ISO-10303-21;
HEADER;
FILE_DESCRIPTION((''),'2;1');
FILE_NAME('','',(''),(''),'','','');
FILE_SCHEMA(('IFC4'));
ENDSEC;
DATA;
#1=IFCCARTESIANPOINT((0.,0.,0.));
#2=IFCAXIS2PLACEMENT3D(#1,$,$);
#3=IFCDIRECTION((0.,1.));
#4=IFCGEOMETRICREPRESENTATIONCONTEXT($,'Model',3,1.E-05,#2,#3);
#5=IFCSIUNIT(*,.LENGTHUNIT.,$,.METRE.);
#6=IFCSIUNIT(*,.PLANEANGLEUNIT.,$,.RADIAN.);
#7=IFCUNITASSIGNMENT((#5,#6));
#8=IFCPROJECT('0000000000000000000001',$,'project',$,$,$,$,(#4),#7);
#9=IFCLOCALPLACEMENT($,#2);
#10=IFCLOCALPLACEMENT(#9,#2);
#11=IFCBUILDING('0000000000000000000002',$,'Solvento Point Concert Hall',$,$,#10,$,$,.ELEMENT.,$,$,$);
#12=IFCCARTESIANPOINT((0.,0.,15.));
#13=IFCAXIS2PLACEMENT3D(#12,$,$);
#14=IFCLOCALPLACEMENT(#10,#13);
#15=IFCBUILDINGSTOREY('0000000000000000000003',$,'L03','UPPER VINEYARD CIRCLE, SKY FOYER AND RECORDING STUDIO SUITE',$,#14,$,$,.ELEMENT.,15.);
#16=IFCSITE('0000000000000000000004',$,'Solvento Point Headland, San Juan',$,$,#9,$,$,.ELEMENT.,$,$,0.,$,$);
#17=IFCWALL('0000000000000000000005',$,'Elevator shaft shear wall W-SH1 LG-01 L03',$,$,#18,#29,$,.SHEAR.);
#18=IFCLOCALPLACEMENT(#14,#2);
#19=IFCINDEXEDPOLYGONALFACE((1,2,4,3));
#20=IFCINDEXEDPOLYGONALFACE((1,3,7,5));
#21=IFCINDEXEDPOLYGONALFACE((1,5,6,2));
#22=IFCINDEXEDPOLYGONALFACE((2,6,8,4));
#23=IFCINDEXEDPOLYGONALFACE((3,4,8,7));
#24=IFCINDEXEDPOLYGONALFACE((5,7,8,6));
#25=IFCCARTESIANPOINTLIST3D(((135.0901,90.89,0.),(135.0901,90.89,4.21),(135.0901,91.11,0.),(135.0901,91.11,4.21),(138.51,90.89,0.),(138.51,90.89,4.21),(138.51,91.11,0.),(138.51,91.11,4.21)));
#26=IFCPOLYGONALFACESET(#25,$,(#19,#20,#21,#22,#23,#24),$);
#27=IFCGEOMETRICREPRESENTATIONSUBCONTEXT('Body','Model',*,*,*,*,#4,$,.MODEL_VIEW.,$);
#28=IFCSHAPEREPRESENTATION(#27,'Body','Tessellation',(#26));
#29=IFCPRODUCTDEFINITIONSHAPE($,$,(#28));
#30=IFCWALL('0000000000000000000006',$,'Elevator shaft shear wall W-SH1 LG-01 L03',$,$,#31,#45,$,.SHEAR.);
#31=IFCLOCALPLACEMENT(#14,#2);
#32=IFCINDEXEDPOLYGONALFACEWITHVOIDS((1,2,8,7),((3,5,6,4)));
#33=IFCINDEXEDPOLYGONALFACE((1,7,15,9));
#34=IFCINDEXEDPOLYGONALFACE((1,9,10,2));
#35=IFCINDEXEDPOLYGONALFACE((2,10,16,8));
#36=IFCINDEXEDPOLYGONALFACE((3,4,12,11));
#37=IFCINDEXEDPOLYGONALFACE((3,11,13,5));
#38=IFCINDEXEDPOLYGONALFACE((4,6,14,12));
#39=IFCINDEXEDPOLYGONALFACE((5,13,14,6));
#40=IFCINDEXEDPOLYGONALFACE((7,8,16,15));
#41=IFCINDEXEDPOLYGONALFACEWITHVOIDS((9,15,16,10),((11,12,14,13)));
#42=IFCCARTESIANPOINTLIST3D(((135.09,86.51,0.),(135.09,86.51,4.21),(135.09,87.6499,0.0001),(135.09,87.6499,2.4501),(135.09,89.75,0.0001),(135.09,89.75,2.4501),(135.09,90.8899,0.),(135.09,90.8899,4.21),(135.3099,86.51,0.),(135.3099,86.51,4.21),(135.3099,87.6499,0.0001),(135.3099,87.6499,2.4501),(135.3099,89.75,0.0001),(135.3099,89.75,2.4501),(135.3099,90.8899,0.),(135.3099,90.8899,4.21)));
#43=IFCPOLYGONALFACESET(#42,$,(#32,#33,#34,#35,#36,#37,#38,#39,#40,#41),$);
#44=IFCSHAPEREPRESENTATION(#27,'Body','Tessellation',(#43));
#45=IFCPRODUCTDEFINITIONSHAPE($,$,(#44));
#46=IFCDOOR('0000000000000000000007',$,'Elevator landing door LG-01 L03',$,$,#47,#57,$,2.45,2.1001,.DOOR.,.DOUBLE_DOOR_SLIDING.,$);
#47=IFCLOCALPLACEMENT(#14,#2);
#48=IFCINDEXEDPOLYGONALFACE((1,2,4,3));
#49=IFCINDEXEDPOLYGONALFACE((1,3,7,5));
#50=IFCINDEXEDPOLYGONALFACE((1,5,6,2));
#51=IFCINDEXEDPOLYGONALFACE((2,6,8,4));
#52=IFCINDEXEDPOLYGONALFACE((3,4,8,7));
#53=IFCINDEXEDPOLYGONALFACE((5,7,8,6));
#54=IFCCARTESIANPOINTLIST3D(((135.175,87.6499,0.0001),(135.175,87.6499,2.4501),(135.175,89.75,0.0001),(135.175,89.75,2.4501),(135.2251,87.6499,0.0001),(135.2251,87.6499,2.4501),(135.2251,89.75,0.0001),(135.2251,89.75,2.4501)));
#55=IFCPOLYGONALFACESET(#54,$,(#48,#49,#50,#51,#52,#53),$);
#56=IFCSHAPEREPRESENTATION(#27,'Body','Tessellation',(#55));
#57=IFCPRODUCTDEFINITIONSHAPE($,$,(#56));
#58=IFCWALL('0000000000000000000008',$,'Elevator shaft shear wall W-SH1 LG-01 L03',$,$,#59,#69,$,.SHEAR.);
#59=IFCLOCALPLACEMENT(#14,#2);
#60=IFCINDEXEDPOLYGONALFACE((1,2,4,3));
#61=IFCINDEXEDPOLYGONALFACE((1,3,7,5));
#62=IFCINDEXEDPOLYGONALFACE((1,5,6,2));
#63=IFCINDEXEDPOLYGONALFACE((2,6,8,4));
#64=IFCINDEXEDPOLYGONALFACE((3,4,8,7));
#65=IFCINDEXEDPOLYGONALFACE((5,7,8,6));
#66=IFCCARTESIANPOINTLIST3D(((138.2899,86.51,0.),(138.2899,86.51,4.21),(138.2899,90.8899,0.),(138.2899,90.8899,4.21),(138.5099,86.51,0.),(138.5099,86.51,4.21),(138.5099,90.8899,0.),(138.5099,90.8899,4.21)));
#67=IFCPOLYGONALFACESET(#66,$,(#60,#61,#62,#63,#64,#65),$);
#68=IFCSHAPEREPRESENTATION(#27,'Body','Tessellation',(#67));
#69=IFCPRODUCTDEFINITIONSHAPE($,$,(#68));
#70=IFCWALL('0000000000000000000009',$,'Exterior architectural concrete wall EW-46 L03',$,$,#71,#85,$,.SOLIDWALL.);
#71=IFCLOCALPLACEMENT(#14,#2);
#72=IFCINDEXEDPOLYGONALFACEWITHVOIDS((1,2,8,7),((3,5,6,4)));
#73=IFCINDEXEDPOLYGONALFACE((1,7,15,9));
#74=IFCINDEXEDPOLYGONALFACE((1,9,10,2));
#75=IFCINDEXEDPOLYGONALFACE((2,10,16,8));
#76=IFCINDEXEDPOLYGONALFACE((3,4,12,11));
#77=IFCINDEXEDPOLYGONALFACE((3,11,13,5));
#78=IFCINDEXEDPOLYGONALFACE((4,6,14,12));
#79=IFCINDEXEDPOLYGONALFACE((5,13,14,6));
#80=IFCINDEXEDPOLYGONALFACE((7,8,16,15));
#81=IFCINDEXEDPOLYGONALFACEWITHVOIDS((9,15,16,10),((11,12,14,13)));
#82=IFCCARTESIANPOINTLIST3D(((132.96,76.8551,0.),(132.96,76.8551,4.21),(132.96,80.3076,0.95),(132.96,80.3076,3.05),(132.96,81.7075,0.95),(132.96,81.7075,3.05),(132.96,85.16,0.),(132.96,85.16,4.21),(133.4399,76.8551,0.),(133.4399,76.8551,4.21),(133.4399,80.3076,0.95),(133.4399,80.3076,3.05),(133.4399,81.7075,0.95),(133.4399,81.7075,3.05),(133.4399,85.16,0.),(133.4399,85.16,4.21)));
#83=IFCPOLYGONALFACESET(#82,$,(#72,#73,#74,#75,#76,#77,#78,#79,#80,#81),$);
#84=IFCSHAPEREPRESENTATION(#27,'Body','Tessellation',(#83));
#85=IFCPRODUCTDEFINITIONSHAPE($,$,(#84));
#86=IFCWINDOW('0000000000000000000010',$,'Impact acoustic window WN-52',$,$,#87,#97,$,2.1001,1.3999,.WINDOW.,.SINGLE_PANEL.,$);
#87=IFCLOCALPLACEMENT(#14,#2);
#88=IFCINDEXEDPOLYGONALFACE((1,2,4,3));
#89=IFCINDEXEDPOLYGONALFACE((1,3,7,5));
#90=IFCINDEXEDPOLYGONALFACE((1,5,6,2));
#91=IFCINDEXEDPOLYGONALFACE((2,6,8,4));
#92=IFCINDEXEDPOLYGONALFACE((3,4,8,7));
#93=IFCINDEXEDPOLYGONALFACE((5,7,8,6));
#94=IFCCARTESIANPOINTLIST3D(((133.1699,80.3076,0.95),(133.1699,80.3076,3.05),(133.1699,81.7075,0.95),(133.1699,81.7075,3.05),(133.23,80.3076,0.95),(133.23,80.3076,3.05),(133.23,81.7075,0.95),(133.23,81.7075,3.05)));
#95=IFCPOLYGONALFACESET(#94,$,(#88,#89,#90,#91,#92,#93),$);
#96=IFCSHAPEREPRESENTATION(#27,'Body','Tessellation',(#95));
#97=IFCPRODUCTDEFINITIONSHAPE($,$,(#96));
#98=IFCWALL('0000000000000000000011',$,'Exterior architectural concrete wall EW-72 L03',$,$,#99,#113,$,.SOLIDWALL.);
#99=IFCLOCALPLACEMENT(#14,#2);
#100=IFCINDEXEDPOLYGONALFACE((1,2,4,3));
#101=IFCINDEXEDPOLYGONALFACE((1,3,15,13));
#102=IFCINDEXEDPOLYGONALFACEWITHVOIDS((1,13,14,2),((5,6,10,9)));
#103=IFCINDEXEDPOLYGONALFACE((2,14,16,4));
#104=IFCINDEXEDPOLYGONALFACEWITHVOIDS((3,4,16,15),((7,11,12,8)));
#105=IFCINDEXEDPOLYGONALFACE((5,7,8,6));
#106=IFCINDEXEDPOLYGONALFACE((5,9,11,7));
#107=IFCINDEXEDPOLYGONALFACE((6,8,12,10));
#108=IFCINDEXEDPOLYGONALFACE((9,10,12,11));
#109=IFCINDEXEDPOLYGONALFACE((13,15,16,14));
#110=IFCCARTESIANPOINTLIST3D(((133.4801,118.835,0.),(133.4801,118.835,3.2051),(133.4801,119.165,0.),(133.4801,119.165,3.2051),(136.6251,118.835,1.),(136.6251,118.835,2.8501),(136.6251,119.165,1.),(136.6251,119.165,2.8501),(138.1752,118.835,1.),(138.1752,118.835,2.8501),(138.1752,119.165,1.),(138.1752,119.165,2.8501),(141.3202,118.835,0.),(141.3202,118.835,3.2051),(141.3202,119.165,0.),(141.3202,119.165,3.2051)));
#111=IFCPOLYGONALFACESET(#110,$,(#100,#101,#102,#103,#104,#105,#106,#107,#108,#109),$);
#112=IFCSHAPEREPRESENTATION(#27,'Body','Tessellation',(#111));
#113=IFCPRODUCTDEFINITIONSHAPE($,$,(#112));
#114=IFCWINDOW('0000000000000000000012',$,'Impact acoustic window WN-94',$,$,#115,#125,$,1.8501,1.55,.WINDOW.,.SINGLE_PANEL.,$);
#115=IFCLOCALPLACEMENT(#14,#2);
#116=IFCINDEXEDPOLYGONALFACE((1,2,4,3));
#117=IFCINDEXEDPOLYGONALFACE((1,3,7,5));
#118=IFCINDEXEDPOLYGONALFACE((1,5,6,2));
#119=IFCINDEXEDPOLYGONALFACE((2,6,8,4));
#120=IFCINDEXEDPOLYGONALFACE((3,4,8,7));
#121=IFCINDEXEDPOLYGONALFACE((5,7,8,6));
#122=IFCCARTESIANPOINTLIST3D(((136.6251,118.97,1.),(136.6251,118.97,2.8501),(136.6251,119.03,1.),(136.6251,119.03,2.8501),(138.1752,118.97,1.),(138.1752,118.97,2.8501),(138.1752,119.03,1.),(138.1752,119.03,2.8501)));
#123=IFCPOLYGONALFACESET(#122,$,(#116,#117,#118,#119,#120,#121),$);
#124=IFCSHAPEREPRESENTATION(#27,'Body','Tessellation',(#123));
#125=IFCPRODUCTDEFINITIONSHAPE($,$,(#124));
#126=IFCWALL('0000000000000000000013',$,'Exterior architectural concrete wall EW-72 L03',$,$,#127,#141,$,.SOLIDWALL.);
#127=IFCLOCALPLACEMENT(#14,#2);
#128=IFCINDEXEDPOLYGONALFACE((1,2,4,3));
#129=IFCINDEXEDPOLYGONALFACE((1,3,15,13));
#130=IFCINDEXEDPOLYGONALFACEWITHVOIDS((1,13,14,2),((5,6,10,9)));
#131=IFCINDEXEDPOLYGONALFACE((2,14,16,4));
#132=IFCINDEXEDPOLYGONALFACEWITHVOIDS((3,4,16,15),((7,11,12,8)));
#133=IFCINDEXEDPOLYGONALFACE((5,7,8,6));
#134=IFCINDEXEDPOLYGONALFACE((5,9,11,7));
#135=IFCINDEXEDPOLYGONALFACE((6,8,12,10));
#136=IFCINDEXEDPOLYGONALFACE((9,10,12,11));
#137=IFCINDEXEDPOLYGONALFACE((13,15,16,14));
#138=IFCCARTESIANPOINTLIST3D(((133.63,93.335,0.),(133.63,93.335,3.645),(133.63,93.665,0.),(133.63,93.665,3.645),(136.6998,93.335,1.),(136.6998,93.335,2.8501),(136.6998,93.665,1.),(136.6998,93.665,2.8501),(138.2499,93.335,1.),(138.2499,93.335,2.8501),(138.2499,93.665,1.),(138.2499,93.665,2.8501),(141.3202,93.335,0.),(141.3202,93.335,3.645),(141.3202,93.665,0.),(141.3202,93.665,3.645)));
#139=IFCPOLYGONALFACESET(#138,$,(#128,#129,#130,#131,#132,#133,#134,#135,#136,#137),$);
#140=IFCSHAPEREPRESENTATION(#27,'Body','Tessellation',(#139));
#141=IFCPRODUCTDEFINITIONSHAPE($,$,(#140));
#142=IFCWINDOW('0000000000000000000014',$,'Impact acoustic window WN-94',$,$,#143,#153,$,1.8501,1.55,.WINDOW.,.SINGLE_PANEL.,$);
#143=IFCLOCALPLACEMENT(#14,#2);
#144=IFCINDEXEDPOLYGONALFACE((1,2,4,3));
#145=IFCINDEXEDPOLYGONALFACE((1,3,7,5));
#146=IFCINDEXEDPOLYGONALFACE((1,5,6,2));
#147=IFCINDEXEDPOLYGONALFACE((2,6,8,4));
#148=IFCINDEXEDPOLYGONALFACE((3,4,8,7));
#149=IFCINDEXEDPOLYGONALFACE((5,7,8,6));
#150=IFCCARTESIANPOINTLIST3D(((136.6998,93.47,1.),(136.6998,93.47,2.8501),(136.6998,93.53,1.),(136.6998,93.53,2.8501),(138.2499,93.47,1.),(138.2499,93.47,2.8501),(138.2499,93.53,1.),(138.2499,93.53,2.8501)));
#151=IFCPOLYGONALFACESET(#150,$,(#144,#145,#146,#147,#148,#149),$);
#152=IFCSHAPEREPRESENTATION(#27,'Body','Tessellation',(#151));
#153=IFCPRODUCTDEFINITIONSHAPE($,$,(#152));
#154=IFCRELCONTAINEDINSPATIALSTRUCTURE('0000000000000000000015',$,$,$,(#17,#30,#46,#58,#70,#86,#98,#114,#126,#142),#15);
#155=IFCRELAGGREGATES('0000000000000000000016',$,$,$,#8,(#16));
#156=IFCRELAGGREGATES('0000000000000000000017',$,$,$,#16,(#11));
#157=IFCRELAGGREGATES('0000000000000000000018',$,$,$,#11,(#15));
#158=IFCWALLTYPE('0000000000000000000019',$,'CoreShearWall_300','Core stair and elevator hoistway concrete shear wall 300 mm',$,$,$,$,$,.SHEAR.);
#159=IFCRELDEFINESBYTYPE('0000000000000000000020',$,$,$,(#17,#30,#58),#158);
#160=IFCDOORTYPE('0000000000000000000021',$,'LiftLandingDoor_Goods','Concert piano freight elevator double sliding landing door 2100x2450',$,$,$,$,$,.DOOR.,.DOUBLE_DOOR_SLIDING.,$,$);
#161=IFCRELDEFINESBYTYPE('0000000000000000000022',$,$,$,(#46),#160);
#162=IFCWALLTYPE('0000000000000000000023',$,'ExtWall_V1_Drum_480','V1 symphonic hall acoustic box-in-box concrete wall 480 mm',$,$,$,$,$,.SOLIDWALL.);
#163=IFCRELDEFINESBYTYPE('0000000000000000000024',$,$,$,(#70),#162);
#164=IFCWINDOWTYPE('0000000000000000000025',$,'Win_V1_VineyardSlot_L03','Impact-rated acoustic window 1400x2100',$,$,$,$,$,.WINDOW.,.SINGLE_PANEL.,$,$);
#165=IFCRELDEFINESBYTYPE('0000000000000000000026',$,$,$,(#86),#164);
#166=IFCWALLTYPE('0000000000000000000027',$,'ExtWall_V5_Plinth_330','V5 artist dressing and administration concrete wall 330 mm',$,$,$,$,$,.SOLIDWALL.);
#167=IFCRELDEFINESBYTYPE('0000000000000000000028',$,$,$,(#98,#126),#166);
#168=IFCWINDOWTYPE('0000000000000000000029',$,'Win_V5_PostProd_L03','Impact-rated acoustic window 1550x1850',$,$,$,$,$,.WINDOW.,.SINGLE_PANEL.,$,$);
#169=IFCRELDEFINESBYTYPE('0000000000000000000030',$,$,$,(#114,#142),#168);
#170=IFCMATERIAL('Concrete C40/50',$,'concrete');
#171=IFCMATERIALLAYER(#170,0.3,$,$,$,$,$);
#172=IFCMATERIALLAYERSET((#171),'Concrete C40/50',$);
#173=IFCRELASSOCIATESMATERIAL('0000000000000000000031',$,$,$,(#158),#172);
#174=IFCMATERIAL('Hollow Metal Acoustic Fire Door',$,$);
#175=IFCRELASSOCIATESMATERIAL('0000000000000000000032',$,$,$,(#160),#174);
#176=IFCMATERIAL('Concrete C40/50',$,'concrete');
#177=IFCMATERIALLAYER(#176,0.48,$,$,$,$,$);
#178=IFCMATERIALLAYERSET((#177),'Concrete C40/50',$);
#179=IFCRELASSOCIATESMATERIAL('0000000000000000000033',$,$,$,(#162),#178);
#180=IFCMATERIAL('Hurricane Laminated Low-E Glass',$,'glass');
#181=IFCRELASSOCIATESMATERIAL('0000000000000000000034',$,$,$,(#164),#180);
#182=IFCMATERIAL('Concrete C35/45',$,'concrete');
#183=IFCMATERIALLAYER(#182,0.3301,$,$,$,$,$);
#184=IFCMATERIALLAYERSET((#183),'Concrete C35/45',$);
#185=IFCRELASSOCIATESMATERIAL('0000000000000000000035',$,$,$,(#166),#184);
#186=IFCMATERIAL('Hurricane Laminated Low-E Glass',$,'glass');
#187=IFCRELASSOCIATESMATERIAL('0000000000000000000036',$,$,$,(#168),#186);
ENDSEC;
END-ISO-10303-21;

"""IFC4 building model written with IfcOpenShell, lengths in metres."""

from ifc_helpers import new_model, si_unit, direction, frame, frame_2d, origin, place, context, subcontext, project, spatial, rectangle, extrude, material, layer, layer_set, type_object, element, fill, save


model = new_model("IFC4")

# Units and contexts
model_context = context("Model", 3, precision=1e-05, world=origin(), true_north=direction((0.0, 1.0)))
body_context = subcontext(model_context, "Body", "Model", "MODEL_VIEW")
ifc_project = project(units=[si_unit("LENGTHUNIT", "METRE"), si_unit("PLANEANGLEUNIT", "RADIAN")], contexts=[model_context])

# Site, building, storey
site_placement = place(None, origin())
site = spatial("IfcSite", under=ifc_project, at=site_placement, Name="Solvento Point Headland, San Juan", CompositionType="ELEMENT", RefElevation=0.0)
building_placement = place(site_placement, origin())
building = spatial("IfcBuilding", under=site, at=building_placement, Name="Solvento Point Concert Hall", CompositionType="ELEMENT")
storey_placement = place(building_placement, frame((0.0, 0.0, 15.0)))
storey = spatial("IfcBuildingStorey", under=building, at=storey_placement, Name="L03", Description="UPPER VINEYARD CIRCLE, SKY FOYER AND RECORDING STUDIO SUITE", CompositionType="ELEMENT", Elevation=15.0)

# Wall
ifc_material_1 = material(Name="Concrete C40/50", Category="concrete")
ifc_layer_1 = layer(ifc_material_1, 0.3)
ifc_layer_set_1 = layer_set([ifc_layer_1], Name="Concrete C40/50")
wall_type_1 = type_object("IfcWallType", Name="CoreShearWall_300", Description="Core stair and elevator hoistway concrete shear wall 300 mm", PredefinedType="SHEAR", material=ifc_layer_set_1)
for number, where, z_axis, x_axis, name in (
    (1, (135.0901, 91.0, 0.0), (0.0, 0.0, 1.0), (1.0, 0.0, 0.0), "Elevator shaft shear wall W-SH1 LG-01 L03"),
):
    element("IfcWall", number, at=place(storey_placement, frame(where, z_axis=z_axis, x_axis=x_axis)), inside=storey, type_object=wall_type_1, Name=name, PredefinedType="SHEAR", context=body_context, shape_type="SweptSolid", body=[
        extrude(rectangle(XDim=3.4199, YDim=0.22, at=frame_2d((1.71, 0.0))), origin(), (0.0, 0.0, 1.0), 4.21),
    ])

# Wall, opening, door
wall_1_placement = place(storey_placement, frame((135.2, 86.51, 0.0), z_axis=(0.0, 0.0, 1.0), x_axis=(0.0, 1.0, 0.0)))
wall_1 = element("IfcWall", 2, at=wall_1_placement, inside=storey, type_object=wall_type_1, Name="Elevator shaft shear wall W-SH1 LG-01 L03", PredefinedType="SHEAR", context=body_context, shape_type="SweptSolid", body=[
    extrude(rectangle(XDim=4.3799, YDim=0.22, at=frame_2d((2.1899, 0.0))), origin(), (0.0, 0.0, 1.0), 4.21),
])
opening_1_placement = place(wall_1_placement, frame((1.1399, 0.0, 0.0)))
opening_1 = element("IfcOpeningElement", 3, at=opening_1_placement, cuts=wall_1, PredefinedType="OPENING", context=body_context, shape_type="SweptSolid", body=[
    extrude(rectangle(XDim=2.1001, YDim=2.45, at=frame_2d((1.05, 1.2251))), frame((0.0, 0.1199, 0.0), z_axis=(0.0, -1.0, 0.0), x_axis=(1.0, 0.0, 0.0)), (0.0, 0.0, 1.0), 0.24),
])
ifc_material_2 = material(Name="Hollow Metal Acoustic Fire Door")
door_type_1 = type_object("IfcDoorType", Name="LiftLandingDoor_Goods", Description="Concert piano freight elevator double sliding landing door 2100x2450", OperationType="DOUBLE_DOOR_SLIDING", PredefinedType="DOOR", material=ifc_material_2)
door_1_placement = place(opening_1_placement, origin())
door_1 = element("IfcDoor", 4, at=door_1_placement, inside=storey, type_object=door_type_1, Name="Elevator landing door LG-01 L03", OperationType="DOUBLE_DOOR_SLIDING", OverallHeight=2.45, OverallWidth=2.1001, PredefinedType="DOOR", context=body_context, shape_type="SweptSolid", body=[
    extrude(rectangle(XDim=2.1001, YDim=2.45, at=frame_2d((1.05, 1.2251))), frame((0.0, 0.0249, 0.0), z_axis=(0.0, -1.0, 0.0), x_axis=(1.0, 0.0, 0.0)), (0.0, 0.0, 1.0), 0.05),
])
fill(opening_1, door_1)

# Wall
wall_2_placement = place(storey_placement, frame((138.3999, 86.51, 0.0), z_axis=(0.0, 0.0, 1.0), x_axis=(0.0, 1.0, 0.0)))
element("IfcWall", 5, at=wall_2_placement, inside=storey, type_object=wall_type_1, Name="Elevator shaft shear wall W-SH1 LG-01 L03", PredefinedType="SHEAR", context=body_context, shape_type="SweptSolid", body=[
    extrude(rectangle(XDim=4.3799, YDim=0.22, at=frame_2d((2.1899, 0.0))), origin(), (0.0, 0.0, 1.0), 4.21),
])

# Walls, openings, windows
ifc_material_3 = material(Name="Concrete C40/50", Category="concrete")
ifc_layer_2 = layer(ifc_material_3, 0.48)
ifc_layer_set_2 = layer_set([ifc_layer_2], Name="Concrete C40/50")
wall_type_2 = type_object("IfcWallType", Name="ExtWall_V1_Drum_480", Description="V1 symphonic hall acoustic box-in-box concrete wall 480 mm", PredefinedType="SOLIDWALL", material=ifc_layer_set_2)
wall_3_placement = place(storey_placement, frame((133.2, 85.1599, 0.0), z_axis=(0.0, 0.0, 1.0), x_axis=(0.0, -1.0, 0.0)))
wall_3 = element("IfcWall", 6, at=wall_3_placement, inside=storey, type_object=wall_type_2, Name="Exterior architectural concrete wall EW-46 L03", PredefinedType="SOLIDWALL", context=body_context, shape_type="SweptSolid", body=[
    extrude(rectangle(XDim=8.3049, YDim=0.48, at=frame_2d((4.1523, 0.0))), origin(), (0.0, 0.0, 1.0), 4.21),
])
opening_2_placement = place(wall_3_placement, frame((3.4524, 0.0, 0.95)))
opening_2 = element("IfcOpeningElement", 7, at=opening_2_placement, cuts=wall_3, PredefinedType="OPENING", context=body_context, shape_type="SweptSolid", body=[
    extrude(rectangle(XDim=1.3999, YDim=2.1001, at=frame_2d((0.7, 1.05))), frame((0.0, 0.25, 0.0), z_axis=(0.0, -1.0, 0.0), x_axis=(1.0, 0.0, 0.0)), (0.0, 0.0, 1.0), 0.5),
])
ifc_material_4 = material(Name="Hurricane Laminated Low-E Glass", Category="glass")
window_type_1 = type_object("IfcWindowType", Name="Win_V1_VineyardSlot_L03", Description="Impact-rated acoustic window 1400x2100", PartitioningType="SINGLE_PANEL", PredefinedType="WINDOW", material=ifc_material_4)
window_1_placement = place(opening_2_placement, origin())
window_1 = element("IfcWindow", 8, at=window_1_placement, inside=storey, type_object=window_type_1, Name="Impact acoustic window WN-52", OverallHeight=2.1001, OverallWidth=1.3999, PartitioningType="SINGLE_PANEL", PredefinedType="WINDOW", context=body_context, shape_type="SweptSolid", body=[
    extrude(rectangle(XDim=1.3999, YDim=2.1001, at=frame_2d((0.7, 1.05))), frame((0.0, 0.03, 0.0), z_axis=(0.0, -1.0, 0.0), x_axis=(1.0, 0.0, 0.0)), (0.0, 0.0, 1.0), 0.0601),
])
fill(opening_2, window_1)
ifc_material_5 = material(Name="Concrete C35/45", Category="concrete")
ifc_layer_3 = layer(ifc_material_5, 0.3301)
ifc_layer_set_3 = layer_set([ifc_layer_3], Name="Concrete C35/45")
wall_type_3 = type_object("IfcWallType", Name="ExtWall_V5_Plinth_330", Description="V5 artist dressing and administration concrete wall 330 mm", PredefinedType="SOLIDWALL", material=ifc_layer_set_3)
wall_4_placement = place(storey_placement, frame((141.3201, 119.0, 0.0), z_axis=(0.0, 0.0, 1.0), x_axis=(-1.0, 0.0, 0.0)))
wall_4 = element("IfcWall", 9, at=wall_4_placement, inside=storey, type_object=wall_type_3, Name="Exterior architectural concrete wall EW-72 L03", PredefinedType="SOLIDWALL", context=body_context, shape_type="SweptSolid", body=[
    extrude(rectangle(XDim=7.8401, YDim=0.3301, at=frame_2d((3.9199, 0.0))), origin(), (0.0, 0.0, 1.0), 3.2051),
])
opening_3_placement = place(wall_4_placement, frame((3.145, 0.0, 1.0)))
opening_3 = element("IfcOpeningElement", 10, at=opening_3_placement, cuts=wall_4, PredefinedType="OPENING", context=body_context, shape_type="SweptSolid", body=[
    extrude(rectangle(XDim=1.55, YDim=1.8501, at=frame_2d((0.7749, 0.925))), frame((0.0, 0.175, 0.0), z_axis=(0.0, -1.0, 0.0), x_axis=(1.0, 0.0, 0.0)), (0.0, 0.0, 1.0), 0.3501),
])
ifc_material_6 = material(Name="Hurricane Laminated Low-E Glass", Category="glass")
window_type_2 = type_object("IfcWindowType", Name="Win_V5_PostProd_L03", Description="Impact-rated acoustic window 1550x1850", PartitioningType="SINGLE_PANEL", PredefinedType="WINDOW", material=ifc_material_6)
window_2_placement = place(opening_3_placement, origin())
window_2 = element("IfcWindow", 11, at=window_2_placement, inside=storey, type_object=window_type_2, Name="Impact acoustic window WN-94", OverallHeight=1.8501, OverallWidth=1.55, PartitioningType="SINGLE_PANEL", PredefinedType="WINDOW", context=body_context, shape_type="SweptSolid", body=[
    extrude(rectangle(XDim=1.55, YDim=1.8501, at=frame_2d((0.7749, 0.925))), frame((0.0, 0.03, 0.0), z_axis=(0.0, -1.0, 0.0), x_axis=(1.0, 0.0, 0.0)), (0.0, 0.0, 1.0), 0.0601),
])
fill(opening_3, window_2)
wall_5_placement = place(storey_placement, frame((133.6299, 93.5, 0.0), z_axis=(0.0, 0.0, 1.0), x_axis=(1.0, 0.0, 0.0)))
wall_5 = element("IfcWall", 12, at=wall_5_placement, inside=storey, type_object=wall_type_3, Name="Exterior architectural concrete wall EW-72 L03", PredefinedType="SOLIDWALL", context=body_context, shape_type="SweptSolid", body=[
    extrude(rectangle(XDim=7.6902, YDim=0.3301, at=frame_2d((3.8452, 0.0))), origin(), (0.0, 0.0, 1.0), 3.645),
])
opening_4_placement = place(wall_5_placement, frame((3.0701, 0.0, 1.0)))
opening_4 = element("IfcOpeningElement", 13, at=opening_4_placement, cuts=wall_5, PredefinedType="OPENING", context=body_context, shape_type="SweptSolid", body=[
    extrude(rectangle(XDim=1.55, YDim=1.8501, at=frame_2d((0.7749, 0.925))), frame((0.0, 0.175, 0.0), z_axis=(0.0, -1.0, 0.0), x_axis=(1.0, 0.0, 0.0)), (0.0, 0.0, 1.0), 0.3501),
])
window_3_placement = place(opening_4_placement, origin())
window_3 = element("IfcWindow", 14, at=window_3_placement, inside=storey, type_object=window_type_2, Name="Impact acoustic window WN-94", OverallHeight=1.8501, OverallWidth=1.55, PartitioningType="SINGLE_PANEL", PredefinedType="WINDOW", context=body_context, shape_type="SweptSolid", body=[
    extrude(rectangle(XDim=1.55, YDim=1.8501, at=frame_2d((0.7749, 0.925))), frame((0.0, 0.03, 0.0), z_axis=(0.0, -1.0, 0.0), x_axis=(1.0, 0.0, 0.0)), (0.0, 0.0, 1.0), 0.0601),
])
fill(opening_4, window_3)

save(model, "model.ifc")
